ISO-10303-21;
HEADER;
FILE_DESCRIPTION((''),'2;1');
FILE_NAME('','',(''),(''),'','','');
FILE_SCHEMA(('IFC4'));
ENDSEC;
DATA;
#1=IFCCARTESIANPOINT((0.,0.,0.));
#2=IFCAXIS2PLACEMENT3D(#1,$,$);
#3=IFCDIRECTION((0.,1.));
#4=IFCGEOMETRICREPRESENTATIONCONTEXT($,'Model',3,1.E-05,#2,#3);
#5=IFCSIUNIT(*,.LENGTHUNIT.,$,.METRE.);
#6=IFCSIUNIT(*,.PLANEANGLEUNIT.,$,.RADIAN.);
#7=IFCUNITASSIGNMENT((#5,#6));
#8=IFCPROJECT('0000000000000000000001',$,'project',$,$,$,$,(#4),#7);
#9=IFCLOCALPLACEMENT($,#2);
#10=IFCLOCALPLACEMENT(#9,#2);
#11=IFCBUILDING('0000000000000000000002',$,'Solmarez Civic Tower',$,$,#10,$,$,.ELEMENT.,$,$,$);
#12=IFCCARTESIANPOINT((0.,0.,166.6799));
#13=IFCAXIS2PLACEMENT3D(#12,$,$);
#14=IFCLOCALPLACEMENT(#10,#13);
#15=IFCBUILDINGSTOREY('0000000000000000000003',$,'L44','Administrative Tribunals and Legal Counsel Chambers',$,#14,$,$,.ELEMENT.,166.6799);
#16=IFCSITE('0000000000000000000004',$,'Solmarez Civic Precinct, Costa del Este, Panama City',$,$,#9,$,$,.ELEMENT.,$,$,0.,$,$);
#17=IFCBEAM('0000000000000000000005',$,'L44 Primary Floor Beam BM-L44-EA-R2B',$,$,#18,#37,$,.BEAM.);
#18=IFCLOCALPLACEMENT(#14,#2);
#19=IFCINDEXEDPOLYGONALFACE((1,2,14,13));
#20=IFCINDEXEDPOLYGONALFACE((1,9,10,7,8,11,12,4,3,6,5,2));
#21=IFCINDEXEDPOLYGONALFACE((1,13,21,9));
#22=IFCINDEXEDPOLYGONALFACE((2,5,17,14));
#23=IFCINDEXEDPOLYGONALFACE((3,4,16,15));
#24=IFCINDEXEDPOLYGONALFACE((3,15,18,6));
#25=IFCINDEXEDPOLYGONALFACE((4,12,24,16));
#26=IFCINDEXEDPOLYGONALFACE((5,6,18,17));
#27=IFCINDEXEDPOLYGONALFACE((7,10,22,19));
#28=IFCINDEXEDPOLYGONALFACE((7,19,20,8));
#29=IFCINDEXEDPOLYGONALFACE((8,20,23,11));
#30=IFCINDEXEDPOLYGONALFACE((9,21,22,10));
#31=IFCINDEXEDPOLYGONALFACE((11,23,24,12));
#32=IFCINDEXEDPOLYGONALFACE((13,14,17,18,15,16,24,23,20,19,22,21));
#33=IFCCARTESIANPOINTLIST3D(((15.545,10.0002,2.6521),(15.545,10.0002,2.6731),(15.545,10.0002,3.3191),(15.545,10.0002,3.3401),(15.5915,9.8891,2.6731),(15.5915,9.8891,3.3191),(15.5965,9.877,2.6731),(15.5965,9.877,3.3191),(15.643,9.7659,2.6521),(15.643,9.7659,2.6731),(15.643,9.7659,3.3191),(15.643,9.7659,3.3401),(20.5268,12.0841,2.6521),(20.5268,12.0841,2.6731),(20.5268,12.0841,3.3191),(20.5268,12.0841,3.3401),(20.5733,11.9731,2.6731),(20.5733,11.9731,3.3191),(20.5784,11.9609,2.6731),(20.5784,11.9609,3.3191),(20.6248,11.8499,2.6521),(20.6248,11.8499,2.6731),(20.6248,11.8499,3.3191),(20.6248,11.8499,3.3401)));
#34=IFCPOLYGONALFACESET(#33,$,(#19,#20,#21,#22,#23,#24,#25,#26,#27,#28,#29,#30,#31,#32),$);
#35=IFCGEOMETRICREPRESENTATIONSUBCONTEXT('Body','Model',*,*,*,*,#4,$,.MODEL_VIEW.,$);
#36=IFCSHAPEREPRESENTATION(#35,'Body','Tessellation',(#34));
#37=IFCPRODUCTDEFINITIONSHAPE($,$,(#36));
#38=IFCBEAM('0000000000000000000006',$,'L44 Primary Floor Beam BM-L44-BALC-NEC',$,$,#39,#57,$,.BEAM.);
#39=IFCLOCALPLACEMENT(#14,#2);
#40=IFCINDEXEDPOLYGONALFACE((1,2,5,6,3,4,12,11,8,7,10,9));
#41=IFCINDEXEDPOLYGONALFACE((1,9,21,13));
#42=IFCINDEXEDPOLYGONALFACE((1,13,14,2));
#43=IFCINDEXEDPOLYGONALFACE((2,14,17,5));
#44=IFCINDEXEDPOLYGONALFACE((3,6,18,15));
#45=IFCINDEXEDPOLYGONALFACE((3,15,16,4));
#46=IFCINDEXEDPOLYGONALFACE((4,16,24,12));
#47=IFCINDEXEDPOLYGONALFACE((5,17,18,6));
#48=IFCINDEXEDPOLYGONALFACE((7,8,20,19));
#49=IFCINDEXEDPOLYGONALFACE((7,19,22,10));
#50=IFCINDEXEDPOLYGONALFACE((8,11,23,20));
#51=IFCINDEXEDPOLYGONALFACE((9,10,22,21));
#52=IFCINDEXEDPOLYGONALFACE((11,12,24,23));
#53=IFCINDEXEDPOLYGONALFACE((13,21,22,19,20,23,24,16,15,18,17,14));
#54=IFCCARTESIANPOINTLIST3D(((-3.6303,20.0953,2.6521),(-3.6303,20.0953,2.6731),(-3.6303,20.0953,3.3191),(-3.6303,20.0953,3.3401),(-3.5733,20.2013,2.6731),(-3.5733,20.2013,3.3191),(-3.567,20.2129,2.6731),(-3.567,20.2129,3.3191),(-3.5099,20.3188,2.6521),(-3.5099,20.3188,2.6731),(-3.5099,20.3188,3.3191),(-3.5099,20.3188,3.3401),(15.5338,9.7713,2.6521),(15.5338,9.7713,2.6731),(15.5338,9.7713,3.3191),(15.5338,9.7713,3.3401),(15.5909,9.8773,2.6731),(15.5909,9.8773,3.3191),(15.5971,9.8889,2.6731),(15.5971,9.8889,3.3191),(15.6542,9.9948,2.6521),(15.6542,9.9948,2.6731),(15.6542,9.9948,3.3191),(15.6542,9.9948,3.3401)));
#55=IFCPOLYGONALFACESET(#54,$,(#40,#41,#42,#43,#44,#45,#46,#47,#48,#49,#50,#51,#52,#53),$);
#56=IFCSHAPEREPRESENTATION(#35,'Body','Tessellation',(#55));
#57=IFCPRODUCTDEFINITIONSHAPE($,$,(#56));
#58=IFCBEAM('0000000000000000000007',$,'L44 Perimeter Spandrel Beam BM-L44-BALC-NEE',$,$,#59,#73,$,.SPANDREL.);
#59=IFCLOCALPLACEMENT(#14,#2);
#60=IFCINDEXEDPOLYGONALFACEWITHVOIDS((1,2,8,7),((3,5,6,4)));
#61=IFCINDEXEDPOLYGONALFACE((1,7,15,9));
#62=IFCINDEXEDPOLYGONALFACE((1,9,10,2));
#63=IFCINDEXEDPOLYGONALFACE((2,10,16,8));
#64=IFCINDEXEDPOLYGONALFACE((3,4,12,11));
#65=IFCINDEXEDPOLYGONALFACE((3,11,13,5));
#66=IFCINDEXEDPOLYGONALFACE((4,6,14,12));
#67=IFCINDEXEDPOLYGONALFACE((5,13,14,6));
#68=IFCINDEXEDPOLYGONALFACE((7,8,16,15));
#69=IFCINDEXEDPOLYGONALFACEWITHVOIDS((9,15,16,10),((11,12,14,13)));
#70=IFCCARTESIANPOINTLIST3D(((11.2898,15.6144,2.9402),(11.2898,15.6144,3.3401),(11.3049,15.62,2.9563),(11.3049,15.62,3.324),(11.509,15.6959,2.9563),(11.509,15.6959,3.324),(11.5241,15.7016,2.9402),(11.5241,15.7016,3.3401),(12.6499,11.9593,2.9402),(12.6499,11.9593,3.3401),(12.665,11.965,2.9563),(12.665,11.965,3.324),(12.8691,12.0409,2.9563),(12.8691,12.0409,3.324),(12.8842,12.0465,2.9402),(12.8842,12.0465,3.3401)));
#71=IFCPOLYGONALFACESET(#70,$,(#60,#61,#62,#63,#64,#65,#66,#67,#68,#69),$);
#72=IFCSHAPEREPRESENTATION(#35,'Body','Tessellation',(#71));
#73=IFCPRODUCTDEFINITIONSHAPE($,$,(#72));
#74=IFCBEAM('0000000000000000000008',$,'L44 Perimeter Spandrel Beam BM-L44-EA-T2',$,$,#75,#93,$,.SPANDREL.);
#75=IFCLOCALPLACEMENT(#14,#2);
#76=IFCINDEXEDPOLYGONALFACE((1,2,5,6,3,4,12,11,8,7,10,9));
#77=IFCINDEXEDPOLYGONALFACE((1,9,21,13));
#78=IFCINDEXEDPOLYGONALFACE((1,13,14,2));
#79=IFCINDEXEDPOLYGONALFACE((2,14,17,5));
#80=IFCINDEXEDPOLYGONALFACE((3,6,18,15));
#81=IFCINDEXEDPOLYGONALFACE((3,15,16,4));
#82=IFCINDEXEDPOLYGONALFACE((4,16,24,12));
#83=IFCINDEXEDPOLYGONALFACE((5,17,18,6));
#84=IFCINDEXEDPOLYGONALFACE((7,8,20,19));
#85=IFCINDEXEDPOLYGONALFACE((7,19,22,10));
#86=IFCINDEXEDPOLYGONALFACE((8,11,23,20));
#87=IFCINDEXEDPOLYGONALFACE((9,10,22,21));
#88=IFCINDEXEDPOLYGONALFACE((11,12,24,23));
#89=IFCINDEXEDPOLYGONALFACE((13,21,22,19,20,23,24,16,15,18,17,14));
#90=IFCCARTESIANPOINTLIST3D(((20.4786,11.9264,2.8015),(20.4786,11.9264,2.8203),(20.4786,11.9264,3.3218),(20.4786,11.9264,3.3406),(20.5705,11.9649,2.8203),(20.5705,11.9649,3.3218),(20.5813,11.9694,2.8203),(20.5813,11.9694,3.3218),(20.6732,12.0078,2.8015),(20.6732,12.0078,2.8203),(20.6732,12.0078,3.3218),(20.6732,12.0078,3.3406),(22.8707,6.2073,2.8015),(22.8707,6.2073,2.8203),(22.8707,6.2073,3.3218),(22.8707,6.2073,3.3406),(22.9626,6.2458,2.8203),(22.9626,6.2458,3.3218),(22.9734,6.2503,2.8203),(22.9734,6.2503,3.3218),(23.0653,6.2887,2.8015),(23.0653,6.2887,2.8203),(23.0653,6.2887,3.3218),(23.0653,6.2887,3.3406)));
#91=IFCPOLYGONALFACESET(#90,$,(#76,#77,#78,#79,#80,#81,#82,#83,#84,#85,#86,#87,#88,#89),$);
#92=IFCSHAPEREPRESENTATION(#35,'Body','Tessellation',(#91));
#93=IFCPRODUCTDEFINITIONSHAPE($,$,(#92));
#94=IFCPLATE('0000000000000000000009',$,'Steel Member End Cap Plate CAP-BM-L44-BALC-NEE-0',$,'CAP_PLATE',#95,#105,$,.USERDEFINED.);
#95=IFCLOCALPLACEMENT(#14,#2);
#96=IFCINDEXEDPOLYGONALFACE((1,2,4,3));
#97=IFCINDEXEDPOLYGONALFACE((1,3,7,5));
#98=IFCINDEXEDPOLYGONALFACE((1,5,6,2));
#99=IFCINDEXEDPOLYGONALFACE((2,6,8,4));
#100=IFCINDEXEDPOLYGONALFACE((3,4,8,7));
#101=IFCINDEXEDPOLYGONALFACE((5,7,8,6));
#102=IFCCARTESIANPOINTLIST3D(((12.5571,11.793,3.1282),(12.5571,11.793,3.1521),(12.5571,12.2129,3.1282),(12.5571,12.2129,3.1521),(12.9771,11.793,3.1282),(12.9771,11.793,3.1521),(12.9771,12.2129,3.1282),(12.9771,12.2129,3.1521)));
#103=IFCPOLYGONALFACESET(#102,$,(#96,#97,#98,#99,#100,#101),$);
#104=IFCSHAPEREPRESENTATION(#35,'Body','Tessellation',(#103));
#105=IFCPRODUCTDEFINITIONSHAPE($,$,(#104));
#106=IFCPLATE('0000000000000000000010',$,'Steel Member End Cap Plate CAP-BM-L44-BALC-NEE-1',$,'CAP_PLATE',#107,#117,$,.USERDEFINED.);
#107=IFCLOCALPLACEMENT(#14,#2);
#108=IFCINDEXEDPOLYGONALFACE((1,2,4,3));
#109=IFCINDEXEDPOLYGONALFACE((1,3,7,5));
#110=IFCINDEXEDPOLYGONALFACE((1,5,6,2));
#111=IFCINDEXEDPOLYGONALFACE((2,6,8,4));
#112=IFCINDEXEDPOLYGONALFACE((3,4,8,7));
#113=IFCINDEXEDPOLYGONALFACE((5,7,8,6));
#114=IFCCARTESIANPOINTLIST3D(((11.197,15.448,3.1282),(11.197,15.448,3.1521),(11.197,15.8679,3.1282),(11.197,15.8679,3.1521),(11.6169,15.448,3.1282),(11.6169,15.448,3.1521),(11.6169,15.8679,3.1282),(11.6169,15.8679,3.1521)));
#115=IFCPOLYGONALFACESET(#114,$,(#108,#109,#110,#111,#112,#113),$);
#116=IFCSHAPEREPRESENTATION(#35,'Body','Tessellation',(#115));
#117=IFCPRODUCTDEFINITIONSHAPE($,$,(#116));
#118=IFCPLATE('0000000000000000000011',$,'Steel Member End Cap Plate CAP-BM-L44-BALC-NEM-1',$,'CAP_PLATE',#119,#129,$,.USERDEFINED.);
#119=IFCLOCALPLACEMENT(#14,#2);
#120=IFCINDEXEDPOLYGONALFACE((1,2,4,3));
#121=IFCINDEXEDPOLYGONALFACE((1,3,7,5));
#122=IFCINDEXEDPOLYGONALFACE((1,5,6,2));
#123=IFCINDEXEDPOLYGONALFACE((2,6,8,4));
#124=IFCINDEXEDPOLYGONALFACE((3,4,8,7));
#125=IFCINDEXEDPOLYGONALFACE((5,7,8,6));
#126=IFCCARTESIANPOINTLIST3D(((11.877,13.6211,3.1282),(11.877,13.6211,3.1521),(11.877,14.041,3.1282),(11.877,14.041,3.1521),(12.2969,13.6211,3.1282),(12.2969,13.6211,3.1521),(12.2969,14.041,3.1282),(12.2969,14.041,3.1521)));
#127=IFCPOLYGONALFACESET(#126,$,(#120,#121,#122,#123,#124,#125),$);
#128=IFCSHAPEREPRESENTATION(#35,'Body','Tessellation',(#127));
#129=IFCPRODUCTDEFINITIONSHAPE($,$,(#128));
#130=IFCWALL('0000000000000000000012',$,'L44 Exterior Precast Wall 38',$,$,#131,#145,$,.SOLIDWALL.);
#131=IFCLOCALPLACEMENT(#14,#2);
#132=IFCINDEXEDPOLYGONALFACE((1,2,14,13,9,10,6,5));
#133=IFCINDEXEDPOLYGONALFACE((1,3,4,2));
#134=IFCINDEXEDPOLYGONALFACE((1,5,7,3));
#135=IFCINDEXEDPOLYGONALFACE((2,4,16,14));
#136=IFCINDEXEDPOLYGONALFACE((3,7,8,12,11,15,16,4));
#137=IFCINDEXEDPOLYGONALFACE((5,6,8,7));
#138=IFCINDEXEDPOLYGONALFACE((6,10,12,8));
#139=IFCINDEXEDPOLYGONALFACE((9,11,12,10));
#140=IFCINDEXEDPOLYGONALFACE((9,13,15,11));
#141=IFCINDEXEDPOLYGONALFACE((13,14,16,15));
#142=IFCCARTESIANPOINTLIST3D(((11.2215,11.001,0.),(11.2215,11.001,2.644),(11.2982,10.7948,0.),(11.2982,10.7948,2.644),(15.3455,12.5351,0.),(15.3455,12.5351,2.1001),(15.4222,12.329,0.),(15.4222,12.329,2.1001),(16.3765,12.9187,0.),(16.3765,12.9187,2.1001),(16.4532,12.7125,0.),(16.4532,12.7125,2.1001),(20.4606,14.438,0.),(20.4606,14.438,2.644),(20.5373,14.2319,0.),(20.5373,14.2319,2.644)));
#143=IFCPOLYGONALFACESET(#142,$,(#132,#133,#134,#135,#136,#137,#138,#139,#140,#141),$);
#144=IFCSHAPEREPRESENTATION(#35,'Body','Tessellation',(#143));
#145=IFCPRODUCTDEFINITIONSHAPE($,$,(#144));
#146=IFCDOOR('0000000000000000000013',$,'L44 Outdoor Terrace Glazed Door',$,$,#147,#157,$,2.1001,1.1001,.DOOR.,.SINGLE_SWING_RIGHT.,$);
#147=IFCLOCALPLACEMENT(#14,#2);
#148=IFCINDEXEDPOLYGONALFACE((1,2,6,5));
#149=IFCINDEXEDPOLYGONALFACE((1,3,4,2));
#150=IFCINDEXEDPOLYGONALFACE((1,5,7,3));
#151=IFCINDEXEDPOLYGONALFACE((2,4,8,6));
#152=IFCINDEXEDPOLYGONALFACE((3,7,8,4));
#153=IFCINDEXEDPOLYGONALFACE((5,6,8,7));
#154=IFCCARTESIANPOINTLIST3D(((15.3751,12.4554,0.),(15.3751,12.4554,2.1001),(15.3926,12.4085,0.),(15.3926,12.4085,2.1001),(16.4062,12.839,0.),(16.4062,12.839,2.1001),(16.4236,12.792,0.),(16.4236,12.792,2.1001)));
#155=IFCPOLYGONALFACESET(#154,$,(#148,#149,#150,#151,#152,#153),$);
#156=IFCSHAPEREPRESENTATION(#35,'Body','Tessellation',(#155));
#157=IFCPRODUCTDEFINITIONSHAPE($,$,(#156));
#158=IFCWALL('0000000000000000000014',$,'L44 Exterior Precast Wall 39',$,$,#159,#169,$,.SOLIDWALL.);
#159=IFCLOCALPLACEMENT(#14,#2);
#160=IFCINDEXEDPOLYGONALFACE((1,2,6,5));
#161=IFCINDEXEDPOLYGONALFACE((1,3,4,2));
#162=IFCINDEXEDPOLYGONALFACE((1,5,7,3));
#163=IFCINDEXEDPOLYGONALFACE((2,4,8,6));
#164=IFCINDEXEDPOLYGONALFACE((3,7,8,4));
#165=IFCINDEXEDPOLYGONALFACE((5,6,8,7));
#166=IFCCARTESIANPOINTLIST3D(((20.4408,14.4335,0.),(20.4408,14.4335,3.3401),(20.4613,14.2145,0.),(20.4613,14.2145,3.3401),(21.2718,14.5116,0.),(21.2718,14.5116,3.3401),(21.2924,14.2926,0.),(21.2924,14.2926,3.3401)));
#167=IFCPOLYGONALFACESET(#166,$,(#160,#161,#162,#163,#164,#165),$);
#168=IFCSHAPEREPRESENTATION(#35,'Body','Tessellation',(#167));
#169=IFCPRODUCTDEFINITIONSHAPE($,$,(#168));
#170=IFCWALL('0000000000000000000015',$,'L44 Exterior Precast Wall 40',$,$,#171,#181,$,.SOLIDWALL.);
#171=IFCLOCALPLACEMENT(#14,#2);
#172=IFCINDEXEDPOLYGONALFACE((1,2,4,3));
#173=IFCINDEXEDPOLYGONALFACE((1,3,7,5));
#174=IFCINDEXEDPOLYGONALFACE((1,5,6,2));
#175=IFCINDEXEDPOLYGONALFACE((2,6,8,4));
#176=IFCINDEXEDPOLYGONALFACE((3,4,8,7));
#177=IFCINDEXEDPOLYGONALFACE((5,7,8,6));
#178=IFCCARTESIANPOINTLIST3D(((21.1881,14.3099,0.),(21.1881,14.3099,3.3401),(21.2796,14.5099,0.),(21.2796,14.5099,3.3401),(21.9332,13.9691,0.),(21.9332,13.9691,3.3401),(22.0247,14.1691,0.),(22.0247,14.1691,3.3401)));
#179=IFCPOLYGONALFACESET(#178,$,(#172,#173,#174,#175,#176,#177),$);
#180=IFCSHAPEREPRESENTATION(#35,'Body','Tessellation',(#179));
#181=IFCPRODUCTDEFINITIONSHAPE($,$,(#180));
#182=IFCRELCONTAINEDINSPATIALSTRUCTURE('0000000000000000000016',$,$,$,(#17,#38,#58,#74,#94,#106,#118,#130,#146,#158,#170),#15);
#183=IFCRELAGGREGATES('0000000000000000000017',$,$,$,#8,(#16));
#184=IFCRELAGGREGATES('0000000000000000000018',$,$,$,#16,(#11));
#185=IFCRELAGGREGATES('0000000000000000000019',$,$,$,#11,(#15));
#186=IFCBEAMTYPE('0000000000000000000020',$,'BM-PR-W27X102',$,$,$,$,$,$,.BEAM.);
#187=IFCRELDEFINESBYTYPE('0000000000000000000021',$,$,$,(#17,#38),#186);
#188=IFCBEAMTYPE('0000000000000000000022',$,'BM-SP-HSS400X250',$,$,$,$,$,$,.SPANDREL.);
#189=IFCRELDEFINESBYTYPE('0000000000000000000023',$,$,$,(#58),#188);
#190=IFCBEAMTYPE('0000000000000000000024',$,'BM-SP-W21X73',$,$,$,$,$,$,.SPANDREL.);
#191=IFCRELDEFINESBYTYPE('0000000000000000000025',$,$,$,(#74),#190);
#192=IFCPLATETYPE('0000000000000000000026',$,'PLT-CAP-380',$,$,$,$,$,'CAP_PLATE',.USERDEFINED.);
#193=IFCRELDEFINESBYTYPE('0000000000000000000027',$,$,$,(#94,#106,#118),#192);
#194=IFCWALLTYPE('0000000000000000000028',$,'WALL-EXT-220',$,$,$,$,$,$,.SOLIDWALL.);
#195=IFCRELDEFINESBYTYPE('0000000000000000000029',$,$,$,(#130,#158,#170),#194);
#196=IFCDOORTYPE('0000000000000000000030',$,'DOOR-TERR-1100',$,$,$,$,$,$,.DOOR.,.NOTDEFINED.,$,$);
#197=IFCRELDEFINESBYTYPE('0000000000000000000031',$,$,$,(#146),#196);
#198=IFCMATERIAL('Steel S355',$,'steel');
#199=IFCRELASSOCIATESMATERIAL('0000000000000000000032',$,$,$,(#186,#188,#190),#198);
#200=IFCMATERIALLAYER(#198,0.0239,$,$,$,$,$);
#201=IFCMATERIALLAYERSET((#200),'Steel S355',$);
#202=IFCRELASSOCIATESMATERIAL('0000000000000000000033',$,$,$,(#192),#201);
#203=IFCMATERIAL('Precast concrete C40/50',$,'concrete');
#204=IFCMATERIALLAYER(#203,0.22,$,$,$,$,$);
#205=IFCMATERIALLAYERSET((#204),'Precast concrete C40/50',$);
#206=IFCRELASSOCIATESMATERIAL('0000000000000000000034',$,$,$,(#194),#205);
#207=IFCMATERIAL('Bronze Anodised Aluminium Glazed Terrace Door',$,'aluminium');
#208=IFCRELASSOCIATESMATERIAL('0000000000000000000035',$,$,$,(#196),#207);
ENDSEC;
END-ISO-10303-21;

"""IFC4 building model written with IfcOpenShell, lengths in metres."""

from ifc_helpers import new_model, si_unit, direction, frame, frame_2d, origin, origin_2d, place, context, subcontext, project, spatial, rectangle, hollow_rectangle, i_section, extrude, material, layer, layer_set, material_profile, profile_set, type_object, element, fill, save


model = new_model("IFC4")

# Units and contexts
model_context = context("Model", 3, precision=1e-05, world=origin(), true_north=direction((0.0, 1.0)))
body_context = subcontext(model_context, "Body", "Model", "MODEL_VIEW")
ifc_project = project(units=[si_unit("LENGTHUNIT", "METRE"), si_unit("PLANEANGLEUNIT", "RADIAN")], contexts=[model_context])

# Site, building, storey
site_placement = place(None, origin())
site = spatial("IfcSite", under=ifc_project, at=site_placement, Name="Solmarez Civic Precinct, Costa del Este, Panama City", CompositionType="ELEMENT", RefElevation=0.0)
building_placement = place(site_placement, origin())
building = spatial("IfcBuilding", under=site, at=building_placement, Name="Solmarez Civic Tower", CompositionType="ELEMENT")
storey_placement = place(building_placement, frame((0.0, 0.0, 166.6799)))
storey = spatial("IfcBuildingStorey", under=building, at=storey_placement, Name="L44", Description="Administrative Tribunals and Legal Counsel Chambers", CompositionType="ELEMENT", Elevation=166.6799)

# Shared definitions
ifc_material_1 = material(Name="Steel S355", Category="steel")

# Beams
ifc_material_profile_1 = material_profile(ifc_material_1, i_section(OverallWidth=0.2539, OverallDepth=0.688, WebThickness=0.0132, FlangeThickness=0.021, at=origin_2d()), Name="W27X102")
ifc_profile_set_1 = profile_set([ifc_material_profile_1], Name="Steel S355")
beam_type_1 = type_object("IfcBeamType", Name="BM-PR-W27X102", PredefinedType="BEAM", material=ifc_profile_set_1)
beam_1_placement = place(storey_placement, frame((15.594, 9.8831, 2.9961), z_axis=(0.922538, 0.385905, 0.0), x_axis=(-0.385905, 0.922538, 0.0)))
element("IfcBeam", 1, at=beam_1_placement, inside=storey, type_object=beam_type_1, Name="L44 Primary Floor Beam BM-L44-EA-R2B", PredefinedType="BEAM", context=body_context, shape_type="SweptSolid", body=[
    extrude(i_section(OverallWidth=0.2539, OverallDepth=0.688, WebThickness=0.0132, FlangeThickness=0.021, at=origin_2d()), origin(), (0.0, 0.0, 1.0), 5.4001),
])
beam_2_placement = place(storey_placement, frame((15.594, 9.8831, 2.9961), z_axis=(-0.880378, 0.474273, 0.0), x_axis=(-0.474273, -0.880378, 0.0)))
element("IfcBeam", 2, at=beam_2_placement, inside=storey, type_object=beam_type_1, Name="L44 Primary Floor Beam BM-L44-BALC-NEC", PredefinedType="BEAM", context=body_context, shape_type="SweptSolid", body=[
    extrude(i_section(OverallWidth=0.2539, OverallDepth=0.688, WebThickness=0.0132, FlangeThickness=0.021, at=origin_2d()), origin(), (0.0, 0.0, 1.0), 21.7681),
])
ifc_material_profile_2 = material_profile(ifc_material_1, hollow_rectangle(XDim=0.25, YDim=0.3999, WallThickness=0.0161, at=origin_2d()), Name="HSS400X250X16")
ifc_profile_set_2 = profile_set([ifc_material_profile_2], Name="Steel S355")
beam_type_2 = type_object("IfcBeamType", Name="BM-SP-HSS400X250", PredefinedType="SPANDREL", material=ifc_profile_set_2)
beam_3_placement = place(storey_placement, frame((12.7671, 12.0029, 3.1401), z_axis=(-0.348755, 0.937214, 0.0), x_axis=(-0.937214, -0.348755, 0.0)))
element("IfcBeam", 3, at=beam_3_placement, inside=storey, type_object=beam_type_2, Name="L44 Perimeter Spandrel Beam BM-L44-BALC-NEE", PredefinedType="SPANDREL", context=body_context, shape_type="SweptSolid", body=[
    extrude(hollow_rectangle(XDim=0.25, YDim=0.3999, WallThickness=0.0161, at=origin_2d()), origin(), (0.0, 0.0, 1.0), 3.8999),
])
ifc_material_profile_3 = material_profile(ifc_material_1, i_section(OverallWidth=0.2109, OverallDepth=0.5391, WebThickness=0.0117, FlangeThickness=0.0188, at=origin_2d()), Name="W21X73")
ifc_profile_set_3 = profile_set([ifc_material_profile_3], Name="Steel S355")
beam_type_3 = type_object("IfcBeamType", Name="BM-SP-W21X73", PredefinedType="SPANDREL", material=ifc_profile_set_3)
beam_4_placement = place(storey_placement, frame((22.968, 6.248, 3.071), z_axis=(-0.385876, 0.922551, 0.0), x_axis=(-0.922551, -0.385876, 0.0)))
element("IfcBeam", 4, at=beam_4_placement, inside=storey, type_object=beam_type_3, Name="L44 Perimeter Spandrel Beam BM-L44-EA-T2", PredefinedType="SPANDREL", context=body_context, shape_type="SweptSolid", body=[
    extrude(i_section(OverallWidth=0.2109, OverallDepth=0.5391, WebThickness=0.0117, FlangeThickness=0.0188, at=origin_2d()), origin(), (0.0, 0.0, 1.0), 6.1992),
])

# Plates
ifc_layer_1 = layer(ifc_material_1, 0.0239)
ifc_layer_set_1 = layer_set([ifc_layer_1], Name="Steel S355")
plate_type = type_object("IfcPlateType", Name="PLT-CAP-380", ElementType="CAP_PLATE", PredefinedType="USERDEFINED", material=ifc_layer_set_1)
for number, where, z_axis, x_axis, name in (
    (5, (12.7671, 12.0029, 3.1282), (0.0, 0.0, 1.0), (1.0, 0.0, 0.0), "Steel Member End Cap Plate CAP-BM-L44-BALC-NEE-0"),
    (6, (11.407, 15.658, 3.1282), (0.0, 0.0, 1.0), (1.0, 0.0, 0.0), "Steel Member End Cap Plate CAP-BM-L44-BALC-NEE-1"),
    (7, (12.0869, 13.8311, 3.1282), (0.0, 0.0, 1.0), (1.0, 0.0, 0.0), "Steel Member End Cap Plate CAP-BM-L44-BALC-NEM-1"),
):
    element("IfcPlate", number, at=place(storey_placement, frame(where, z_axis=z_axis, x_axis=x_axis)), inside=storey, type_object=plate_type, Name=name, ObjectType="CAP_PLATE", PredefinedType="USERDEFINED", context=body_context, shape_type="SweptSolid", body=[
        extrude(rectangle(XDim=0.4199, YDim=0.4199, at=origin_2d()), origin(), (0.0, 0.0, 1.0), 0.0239),
    ])

# Wall, opening, door
ifc_material_2 = material(Name="Precast concrete C40/50", Category="concrete")
ifc_layer_2 = layer(ifc_material_2, 0.22)
ifc_layer_set_2 = layer_set([ifc_layer_2], Name="Precast concrete C40/50")
wall_type_1 = type_object("IfcWallType", Name="WALL-EXT-220", PredefinedType="SOLIDWALL", material=ifc_layer_set_2)
wall_1_placement = place(storey_placement, frame((11.26, 10.8979, 0.0), z_axis=(0.0, 0.0, 1.0), x_axis=(0.937247, 0.348666, 0.0)))
wall_1 = element("IfcWall", 8, at=wall_1_placement, inside=storey, type_object=wall_type_1, Name="L44 Exterior Precast Wall 38", PredefinedType="SOLIDWALL", context=body_context, shape_type="SweptSolid", body=[
    extrude(rectangle(XDim=9.8577, YDim=0.22, at=frame_2d((4.9287, 0.0))), origin(), (0.0, 0.0, 1.0), 2.644),
])
opening_1_placement = place(wall_1_placement, frame((4.3999, 0.0, 0.0)))
opening_1 = element("IfcOpeningElement", 9, at=opening_1_placement, cuts=wall_1, PredefinedType="OPENING", context=body_context, shape_type="SweptSolid", body=[
    extrude(rectangle(XDim=1.1001, YDim=2.1001, at=frame_2d((0.55, 1.05))), frame((0.0, 0.1199, 0.0), z_axis=(0.0, -1.0, 0.0), x_axis=(1.0, 0.0, 0.0)), (0.0, 0.0, 1.0), 0.24),
])
ifc_material_3 = material(Name="Bronze Anodised Aluminium Glazed Terrace Door", Category="aluminium")
door_type_1 = type_object("IfcDoorType", Name="DOOR-TERR-1100", OperationType="NOTDEFINED", PredefinedType="DOOR", material=ifc_material_3)
door_1_placement = place(opening_1_placement, origin())
door_1 = element("IfcDoor", 10, at=door_1_placement, inside=storey, type_object=door_type_1, Name="L44 Outdoor Terrace Glazed Door", OperationType="SINGLE_SWING_RIGHT", OverallHeight=2.1001, OverallWidth=1.1001, PredefinedType="DOOR", context=body_context, shape_type="SweptSolid", body=[
    extrude(rectangle(XDim=1.1001, YDim=2.1001, at=frame_2d((0.55, 1.05))), frame((0.0, 0.0249, 0.0), z_axis=(0.0, -1.0, 0.0), x_axis=(1.0, 0.0, 0.0)), (0.0, 0.0, 1.0), 0.05),
])
fill(opening_1, door_1)

# Walls
wall_2_placement = place(storey_placement, frame((20.4509, 14.324, 0.0), z_axis=(0.0, 0.0, 1.0), x_axis=(0.99561, 0.093594, 0.0)))
element("IfcWall", 11, at=wall_2_placement, inside=storey, type_object=wall_type_1, Name="L44 Exterior Precast Wall 39", PredefinedType="SOLIDWALL", context=body_context, shape_type="SweptSolid", body=[
    extrude(rectangle(XDim=0.8347, YDim=0.22, at=frame_2d((0.4175, 0.0))), origin(), (0.0, 0.0, 1.0), 3.3401),
])
wall_3_placement = place(storey_placement, frame((21.2339, 14.4099, 0.0), z_axis=(0.0, 0.0, 1.0), x_axis=(0.909384, -0.415957, 0.0)))
element("IfcWall", 12, at=wall_3_placement, inside=storey, type_object=wall_type_1, Name="L44 Exterior Precast Wall 40", PredefinedType="SOLIDWALL", context=body_context, shape_type="SweptSolid", body=[
    extrude(rectangle(XDim=0.8193, YDim=0.22, at=frame_2d((0.4097, 0.0))), origin(), (0.0, 0.0, 1.0), 3.3401),
])

save(model, "model.ifc")
